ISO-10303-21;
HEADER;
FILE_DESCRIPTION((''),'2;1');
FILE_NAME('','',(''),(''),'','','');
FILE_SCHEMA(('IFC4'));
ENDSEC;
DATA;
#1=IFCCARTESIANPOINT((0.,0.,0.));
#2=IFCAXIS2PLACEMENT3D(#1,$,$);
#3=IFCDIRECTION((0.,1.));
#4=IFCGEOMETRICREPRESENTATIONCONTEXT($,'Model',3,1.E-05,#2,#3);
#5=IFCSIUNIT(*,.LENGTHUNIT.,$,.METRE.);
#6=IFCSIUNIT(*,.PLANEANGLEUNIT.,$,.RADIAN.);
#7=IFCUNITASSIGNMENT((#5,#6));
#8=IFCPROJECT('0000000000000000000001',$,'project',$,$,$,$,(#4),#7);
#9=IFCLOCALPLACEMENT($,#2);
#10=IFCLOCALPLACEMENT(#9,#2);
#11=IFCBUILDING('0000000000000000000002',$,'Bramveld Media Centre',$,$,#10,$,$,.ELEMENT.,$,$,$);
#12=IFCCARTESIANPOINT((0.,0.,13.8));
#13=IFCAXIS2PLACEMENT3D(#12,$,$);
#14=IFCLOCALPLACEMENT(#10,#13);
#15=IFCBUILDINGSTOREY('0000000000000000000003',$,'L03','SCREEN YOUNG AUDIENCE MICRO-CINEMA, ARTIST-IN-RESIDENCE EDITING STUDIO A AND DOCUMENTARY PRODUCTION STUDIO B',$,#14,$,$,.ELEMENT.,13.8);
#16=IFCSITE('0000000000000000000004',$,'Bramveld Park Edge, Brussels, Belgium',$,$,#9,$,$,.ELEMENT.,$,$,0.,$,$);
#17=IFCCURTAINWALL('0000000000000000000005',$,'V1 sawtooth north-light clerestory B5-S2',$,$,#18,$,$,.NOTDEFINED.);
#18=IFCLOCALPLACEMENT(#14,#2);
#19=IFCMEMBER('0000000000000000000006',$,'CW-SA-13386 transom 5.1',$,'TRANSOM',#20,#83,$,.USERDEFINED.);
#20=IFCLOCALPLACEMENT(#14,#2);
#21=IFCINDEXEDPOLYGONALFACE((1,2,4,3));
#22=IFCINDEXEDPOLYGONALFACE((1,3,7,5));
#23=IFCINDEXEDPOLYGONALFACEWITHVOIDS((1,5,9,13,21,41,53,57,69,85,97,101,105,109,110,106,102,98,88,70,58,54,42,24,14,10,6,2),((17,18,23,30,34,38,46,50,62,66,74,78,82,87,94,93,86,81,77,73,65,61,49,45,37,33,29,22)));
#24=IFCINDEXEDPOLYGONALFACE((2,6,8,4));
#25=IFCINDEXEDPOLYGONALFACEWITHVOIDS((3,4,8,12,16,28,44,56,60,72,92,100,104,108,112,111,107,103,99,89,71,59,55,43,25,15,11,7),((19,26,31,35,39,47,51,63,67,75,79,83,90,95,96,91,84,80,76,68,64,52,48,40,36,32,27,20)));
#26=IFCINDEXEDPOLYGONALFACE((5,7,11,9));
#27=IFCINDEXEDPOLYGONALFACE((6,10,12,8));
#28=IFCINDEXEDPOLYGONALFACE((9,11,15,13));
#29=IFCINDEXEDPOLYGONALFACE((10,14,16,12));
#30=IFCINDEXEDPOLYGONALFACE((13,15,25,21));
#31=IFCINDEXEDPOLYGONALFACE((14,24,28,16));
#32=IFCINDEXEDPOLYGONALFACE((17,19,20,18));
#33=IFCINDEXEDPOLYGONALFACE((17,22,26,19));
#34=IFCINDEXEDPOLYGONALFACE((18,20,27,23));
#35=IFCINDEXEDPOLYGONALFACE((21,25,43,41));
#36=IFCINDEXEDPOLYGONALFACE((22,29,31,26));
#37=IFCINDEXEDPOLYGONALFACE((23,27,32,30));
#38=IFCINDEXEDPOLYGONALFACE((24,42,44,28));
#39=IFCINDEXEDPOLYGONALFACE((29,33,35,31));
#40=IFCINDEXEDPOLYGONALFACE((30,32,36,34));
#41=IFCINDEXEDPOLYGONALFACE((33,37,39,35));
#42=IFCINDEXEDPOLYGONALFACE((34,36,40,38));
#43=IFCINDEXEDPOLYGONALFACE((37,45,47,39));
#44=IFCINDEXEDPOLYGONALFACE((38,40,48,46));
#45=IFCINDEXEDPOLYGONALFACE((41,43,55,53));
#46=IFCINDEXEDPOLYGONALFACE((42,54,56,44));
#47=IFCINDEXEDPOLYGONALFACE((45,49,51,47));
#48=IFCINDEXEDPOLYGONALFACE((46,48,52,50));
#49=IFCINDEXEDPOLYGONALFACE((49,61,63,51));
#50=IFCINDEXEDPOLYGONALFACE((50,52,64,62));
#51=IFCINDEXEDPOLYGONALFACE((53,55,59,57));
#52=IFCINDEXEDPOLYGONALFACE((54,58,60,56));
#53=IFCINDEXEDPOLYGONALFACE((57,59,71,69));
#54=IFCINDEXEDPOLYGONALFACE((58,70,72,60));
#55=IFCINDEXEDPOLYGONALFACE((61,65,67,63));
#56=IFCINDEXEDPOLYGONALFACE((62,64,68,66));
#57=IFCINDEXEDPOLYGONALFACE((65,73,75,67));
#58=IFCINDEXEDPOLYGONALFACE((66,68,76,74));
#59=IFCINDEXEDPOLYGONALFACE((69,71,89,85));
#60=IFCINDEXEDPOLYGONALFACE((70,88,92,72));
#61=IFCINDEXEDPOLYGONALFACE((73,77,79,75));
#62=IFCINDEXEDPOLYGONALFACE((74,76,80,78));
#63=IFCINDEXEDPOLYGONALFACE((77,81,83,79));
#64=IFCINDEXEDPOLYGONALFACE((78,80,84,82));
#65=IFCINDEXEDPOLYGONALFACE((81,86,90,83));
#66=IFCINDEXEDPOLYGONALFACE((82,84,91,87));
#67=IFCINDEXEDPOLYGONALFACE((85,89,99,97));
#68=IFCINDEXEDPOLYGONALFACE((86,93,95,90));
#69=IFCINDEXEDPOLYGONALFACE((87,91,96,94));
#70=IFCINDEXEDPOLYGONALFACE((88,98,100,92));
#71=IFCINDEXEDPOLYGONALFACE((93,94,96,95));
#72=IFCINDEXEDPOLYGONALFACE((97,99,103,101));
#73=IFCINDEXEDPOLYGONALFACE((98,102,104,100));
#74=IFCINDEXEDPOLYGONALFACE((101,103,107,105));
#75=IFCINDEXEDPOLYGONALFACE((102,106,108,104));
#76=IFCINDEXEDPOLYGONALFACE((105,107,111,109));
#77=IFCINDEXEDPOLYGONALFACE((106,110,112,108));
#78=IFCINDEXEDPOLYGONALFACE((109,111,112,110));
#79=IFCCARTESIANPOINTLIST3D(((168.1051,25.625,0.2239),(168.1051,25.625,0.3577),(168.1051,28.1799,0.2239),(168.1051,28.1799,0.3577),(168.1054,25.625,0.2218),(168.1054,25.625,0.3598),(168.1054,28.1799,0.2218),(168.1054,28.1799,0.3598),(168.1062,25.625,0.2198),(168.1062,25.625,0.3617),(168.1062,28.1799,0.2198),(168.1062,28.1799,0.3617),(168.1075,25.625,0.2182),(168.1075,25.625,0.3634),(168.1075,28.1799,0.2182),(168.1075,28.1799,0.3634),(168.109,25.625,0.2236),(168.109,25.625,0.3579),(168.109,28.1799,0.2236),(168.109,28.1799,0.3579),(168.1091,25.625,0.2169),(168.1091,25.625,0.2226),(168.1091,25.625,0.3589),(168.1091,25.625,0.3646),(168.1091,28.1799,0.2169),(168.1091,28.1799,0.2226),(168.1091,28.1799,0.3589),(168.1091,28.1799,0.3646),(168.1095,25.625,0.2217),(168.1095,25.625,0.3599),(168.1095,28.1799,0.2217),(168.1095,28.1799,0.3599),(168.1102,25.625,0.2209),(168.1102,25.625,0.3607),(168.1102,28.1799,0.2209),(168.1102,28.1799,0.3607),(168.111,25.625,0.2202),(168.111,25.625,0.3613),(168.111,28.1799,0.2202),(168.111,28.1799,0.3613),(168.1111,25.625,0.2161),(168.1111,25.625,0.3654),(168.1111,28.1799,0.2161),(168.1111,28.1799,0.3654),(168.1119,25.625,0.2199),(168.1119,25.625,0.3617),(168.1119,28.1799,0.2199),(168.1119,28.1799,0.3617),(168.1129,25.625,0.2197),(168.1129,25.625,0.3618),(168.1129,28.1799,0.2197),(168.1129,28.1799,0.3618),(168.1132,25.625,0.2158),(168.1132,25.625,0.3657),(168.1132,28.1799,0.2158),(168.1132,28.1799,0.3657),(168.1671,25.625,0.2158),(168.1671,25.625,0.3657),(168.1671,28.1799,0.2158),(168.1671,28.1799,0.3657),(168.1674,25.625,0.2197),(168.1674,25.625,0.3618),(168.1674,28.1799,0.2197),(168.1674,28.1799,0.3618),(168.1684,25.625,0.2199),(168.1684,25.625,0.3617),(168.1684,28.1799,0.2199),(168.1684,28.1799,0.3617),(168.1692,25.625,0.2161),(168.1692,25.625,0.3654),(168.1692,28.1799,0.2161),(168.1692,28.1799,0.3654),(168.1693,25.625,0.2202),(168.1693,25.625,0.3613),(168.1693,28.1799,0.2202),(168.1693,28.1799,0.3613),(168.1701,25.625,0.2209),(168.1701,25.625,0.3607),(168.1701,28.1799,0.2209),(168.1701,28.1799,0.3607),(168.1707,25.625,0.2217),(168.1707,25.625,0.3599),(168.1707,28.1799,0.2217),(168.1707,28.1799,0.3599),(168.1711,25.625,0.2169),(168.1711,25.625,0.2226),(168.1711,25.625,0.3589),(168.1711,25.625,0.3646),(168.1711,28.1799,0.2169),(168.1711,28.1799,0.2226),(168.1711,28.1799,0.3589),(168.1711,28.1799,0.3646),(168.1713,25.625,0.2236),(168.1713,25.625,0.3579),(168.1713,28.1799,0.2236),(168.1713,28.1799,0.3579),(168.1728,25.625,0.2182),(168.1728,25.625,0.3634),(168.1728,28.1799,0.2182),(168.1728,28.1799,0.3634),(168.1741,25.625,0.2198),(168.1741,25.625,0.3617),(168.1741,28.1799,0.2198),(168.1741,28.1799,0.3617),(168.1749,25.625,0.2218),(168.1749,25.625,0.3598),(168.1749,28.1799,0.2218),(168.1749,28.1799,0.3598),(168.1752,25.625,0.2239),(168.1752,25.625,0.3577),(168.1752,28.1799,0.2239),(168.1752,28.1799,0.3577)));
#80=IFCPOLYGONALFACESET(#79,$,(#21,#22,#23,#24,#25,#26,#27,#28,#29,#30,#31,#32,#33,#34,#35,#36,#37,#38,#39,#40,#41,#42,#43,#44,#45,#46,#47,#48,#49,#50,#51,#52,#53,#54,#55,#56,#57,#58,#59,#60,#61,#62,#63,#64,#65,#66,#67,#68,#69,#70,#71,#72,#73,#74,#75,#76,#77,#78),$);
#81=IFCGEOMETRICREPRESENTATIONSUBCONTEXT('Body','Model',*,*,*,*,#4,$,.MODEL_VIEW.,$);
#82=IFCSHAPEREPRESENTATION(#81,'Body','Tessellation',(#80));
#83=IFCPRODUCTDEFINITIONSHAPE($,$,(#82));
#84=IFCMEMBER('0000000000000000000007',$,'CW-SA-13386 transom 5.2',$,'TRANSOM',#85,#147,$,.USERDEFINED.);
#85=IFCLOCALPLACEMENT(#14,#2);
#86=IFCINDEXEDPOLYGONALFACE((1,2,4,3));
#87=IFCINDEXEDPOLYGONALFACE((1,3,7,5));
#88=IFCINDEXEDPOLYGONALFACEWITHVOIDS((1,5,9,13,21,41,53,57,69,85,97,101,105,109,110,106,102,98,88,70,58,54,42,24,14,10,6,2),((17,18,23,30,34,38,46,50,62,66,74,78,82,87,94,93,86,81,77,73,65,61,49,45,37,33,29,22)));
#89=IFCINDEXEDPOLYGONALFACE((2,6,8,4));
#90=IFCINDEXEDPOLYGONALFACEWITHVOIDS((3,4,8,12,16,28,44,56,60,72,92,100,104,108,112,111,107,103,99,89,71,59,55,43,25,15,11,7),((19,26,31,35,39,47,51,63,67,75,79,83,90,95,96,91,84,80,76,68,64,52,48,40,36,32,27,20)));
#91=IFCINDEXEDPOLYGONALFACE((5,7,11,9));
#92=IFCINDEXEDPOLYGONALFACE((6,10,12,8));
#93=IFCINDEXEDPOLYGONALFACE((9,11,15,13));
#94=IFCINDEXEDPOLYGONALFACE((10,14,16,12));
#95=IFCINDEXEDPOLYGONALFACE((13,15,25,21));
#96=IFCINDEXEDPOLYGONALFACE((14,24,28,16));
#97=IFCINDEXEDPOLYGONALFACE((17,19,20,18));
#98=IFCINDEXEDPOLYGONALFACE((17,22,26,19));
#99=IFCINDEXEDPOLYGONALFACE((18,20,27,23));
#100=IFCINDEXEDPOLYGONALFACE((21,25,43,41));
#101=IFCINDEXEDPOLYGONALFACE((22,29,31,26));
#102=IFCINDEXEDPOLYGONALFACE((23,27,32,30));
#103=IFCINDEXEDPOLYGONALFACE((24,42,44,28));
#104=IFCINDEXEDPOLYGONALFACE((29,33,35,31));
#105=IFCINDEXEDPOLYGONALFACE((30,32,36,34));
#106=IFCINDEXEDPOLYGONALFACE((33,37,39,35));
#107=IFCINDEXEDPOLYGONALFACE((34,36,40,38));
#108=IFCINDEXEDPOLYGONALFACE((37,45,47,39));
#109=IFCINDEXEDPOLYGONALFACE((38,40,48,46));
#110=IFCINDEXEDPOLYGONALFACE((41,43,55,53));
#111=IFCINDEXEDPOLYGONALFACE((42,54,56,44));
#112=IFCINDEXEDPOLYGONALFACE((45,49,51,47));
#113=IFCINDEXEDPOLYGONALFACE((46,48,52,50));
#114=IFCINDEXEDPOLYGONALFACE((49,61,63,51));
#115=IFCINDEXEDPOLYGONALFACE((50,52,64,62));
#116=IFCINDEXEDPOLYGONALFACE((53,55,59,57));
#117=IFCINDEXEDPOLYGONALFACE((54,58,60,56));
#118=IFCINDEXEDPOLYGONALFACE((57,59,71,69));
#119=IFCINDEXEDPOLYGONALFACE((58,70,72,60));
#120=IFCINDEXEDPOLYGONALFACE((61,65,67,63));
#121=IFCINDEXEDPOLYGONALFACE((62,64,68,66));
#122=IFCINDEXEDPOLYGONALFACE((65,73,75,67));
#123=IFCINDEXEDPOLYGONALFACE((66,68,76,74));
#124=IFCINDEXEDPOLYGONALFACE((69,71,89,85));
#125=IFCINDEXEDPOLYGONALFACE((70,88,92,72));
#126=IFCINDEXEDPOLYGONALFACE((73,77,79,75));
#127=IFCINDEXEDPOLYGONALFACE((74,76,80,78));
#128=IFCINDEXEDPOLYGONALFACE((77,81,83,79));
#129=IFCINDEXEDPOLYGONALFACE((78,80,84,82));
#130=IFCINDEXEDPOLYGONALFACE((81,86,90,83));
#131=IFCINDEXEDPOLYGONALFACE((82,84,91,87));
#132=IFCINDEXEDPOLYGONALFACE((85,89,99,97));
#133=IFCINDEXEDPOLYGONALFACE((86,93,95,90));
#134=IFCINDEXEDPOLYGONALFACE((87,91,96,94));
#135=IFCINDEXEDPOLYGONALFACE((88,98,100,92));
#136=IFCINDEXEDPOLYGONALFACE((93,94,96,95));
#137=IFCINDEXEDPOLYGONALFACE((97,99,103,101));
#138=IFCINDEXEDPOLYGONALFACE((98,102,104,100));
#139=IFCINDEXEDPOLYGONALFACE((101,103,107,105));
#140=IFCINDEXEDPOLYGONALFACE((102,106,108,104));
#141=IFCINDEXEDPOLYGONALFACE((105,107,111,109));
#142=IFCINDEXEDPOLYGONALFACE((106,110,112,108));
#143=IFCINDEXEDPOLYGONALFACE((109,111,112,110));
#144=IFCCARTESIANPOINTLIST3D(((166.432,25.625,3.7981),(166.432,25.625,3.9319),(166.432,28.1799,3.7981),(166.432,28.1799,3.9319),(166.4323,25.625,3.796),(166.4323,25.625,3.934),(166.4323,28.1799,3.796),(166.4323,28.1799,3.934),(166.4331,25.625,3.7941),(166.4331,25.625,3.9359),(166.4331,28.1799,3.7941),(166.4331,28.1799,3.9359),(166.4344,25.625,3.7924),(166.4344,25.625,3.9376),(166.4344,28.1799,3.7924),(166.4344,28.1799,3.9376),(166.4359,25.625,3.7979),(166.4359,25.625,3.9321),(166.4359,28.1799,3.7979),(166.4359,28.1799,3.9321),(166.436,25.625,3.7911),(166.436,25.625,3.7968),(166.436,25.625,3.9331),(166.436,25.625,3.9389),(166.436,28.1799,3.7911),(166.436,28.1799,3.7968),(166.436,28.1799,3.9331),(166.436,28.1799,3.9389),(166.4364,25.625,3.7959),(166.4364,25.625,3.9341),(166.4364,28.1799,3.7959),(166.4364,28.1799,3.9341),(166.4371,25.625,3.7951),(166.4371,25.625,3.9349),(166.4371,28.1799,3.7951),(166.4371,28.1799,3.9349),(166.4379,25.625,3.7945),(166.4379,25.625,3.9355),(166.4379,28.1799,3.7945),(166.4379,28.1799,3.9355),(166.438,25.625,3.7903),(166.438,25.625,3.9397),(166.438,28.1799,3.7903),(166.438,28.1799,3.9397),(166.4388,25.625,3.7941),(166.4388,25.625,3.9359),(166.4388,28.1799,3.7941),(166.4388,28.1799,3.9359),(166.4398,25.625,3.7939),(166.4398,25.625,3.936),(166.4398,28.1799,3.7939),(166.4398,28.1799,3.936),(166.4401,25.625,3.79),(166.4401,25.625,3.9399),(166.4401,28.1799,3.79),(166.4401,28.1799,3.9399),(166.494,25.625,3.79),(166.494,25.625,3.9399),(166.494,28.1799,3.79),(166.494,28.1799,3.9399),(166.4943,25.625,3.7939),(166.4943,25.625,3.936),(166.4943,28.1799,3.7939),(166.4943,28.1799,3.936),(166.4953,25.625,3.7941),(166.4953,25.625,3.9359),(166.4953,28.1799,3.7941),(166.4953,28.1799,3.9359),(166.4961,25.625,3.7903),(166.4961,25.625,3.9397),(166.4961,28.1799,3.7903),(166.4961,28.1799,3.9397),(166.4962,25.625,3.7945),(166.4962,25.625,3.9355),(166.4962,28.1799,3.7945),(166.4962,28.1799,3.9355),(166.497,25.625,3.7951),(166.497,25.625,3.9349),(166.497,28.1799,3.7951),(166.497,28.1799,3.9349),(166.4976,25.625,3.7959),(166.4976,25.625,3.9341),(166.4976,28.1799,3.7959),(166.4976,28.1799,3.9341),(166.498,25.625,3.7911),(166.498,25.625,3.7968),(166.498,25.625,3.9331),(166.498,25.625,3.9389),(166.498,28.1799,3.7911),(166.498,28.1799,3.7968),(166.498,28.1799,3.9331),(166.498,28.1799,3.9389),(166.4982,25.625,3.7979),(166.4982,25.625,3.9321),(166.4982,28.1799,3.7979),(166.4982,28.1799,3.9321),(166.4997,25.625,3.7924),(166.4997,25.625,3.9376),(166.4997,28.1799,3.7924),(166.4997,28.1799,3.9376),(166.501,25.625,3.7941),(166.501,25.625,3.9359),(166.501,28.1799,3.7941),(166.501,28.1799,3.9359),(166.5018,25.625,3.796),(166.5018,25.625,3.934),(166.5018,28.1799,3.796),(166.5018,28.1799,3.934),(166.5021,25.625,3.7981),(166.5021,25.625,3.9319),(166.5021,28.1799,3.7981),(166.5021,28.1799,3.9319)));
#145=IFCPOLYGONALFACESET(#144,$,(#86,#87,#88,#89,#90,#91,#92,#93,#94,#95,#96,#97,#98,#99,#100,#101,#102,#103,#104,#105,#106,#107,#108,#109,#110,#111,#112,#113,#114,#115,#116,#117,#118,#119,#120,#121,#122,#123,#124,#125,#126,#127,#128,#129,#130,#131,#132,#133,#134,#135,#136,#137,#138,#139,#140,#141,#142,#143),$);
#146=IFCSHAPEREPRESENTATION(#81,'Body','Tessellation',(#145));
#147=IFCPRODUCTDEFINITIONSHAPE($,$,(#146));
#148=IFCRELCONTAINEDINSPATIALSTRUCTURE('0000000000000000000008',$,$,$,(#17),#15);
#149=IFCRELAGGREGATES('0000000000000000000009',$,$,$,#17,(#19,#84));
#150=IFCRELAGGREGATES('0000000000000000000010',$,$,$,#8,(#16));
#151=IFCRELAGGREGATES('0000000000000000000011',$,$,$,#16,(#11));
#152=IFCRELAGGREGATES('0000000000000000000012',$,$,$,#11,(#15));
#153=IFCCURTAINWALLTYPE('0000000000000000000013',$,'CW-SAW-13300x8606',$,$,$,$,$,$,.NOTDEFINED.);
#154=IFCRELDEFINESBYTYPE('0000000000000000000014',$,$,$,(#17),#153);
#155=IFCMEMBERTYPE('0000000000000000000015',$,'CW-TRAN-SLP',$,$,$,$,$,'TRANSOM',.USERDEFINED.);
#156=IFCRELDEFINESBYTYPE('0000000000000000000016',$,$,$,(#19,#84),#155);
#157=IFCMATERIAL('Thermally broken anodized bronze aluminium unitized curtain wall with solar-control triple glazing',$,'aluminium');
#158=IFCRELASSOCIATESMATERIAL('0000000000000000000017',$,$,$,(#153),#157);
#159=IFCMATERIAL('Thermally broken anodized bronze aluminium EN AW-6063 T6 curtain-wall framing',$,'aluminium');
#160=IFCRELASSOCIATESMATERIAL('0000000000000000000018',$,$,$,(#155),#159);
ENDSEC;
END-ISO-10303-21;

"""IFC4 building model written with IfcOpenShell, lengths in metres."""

from ifc_helpers import new_model, si_unit, direction, frame, origin, origin_2d, place, context, subcontext, project, spatial, hollow_rectangle, extrude, material, material_profile, profile_set, type_object, element, aggregate, save


model = new_model("IFC4")

# Units and contexts
model_context = context("Model", 3, precision=1e-05, world=origin(), true_north=direction((0.0, 1.0)))
body_context = subcontext(model_context, "Body", "Model", "MODEL_VIEW")
ifc_project = project(units=[si_unit("LENGTHUNIT", "METRE"), si_unit("PLANEANGLEUNIT", "RADIAN")], contexts=[model_context])

# Site, building, storey
site_placement = place(None, origin())
site = spatial("IfcSite", under=ifc_project, at=site_placement, Name="Bramveld Park Edge, Brussels, Belgium", CompositionType="ELEMENT", RefElevation=0.0)
building_placement = place(site_placement, origin())
building = spatial("IfcBuilding", under=site, at=building_placement, Name="Bramveld Media Centre", CompositionType="ELEMENT")
storey_placement = place(building_placement, frame((0.0, 0.0, 13.8)))
storey = spatial("IfcBuildingStorey", under=building, at=storey_placement, Name="L03", Description="SCREEN YOUNG AUDIENCE MICRO-CINEMA, ARTIST-IN-RESIDENCE EDITING STUDIO A AND DOCUMENTARY PRODUCTION STUDIO B", CompositionType="ELEMENT", Elevation=13.8)

# Curtain wall, members
ifc_material_1 = material(Name="Thermally broken anodized bronze aluminium unitized curtain wall with solar-control triple glazing", Category="aluminium")
curtain_wall_type = type_object("IfcCurtainWallType", Name="CW-SAW-13300x8606", PredefinedType="NOTDEFINED", material=ifc_material_1)
ifc_material_2 = material(Name="Thermally broken anodized bronze aluminium EN AW-6063 T6 curtain-wall framing", Category="aluminium")
ifc_material_profile_1 = material_profile(ifc_material_2, hollow_rectangle(XDim=0.0701, YDim=0.1499, WallThickness=0.0039, InnerFilletRadius=0.0039, OuterFilletRadius=0.0081, at=origin_2d()), Name="AL-TRAN 70x150")
ifc_profile_set_1 = profile_set([ifc_material_profile_1], Name="Thermally broken anodized bronze aluminium EN AW-6063 T6 curtain-wall framing")
member_type_1 = type_object("IfcMemberType", Name="CW-TRAN-SLP", ElementType="TRANSOM", PredefinedType="USERDEFINED", material=ifc_profile_set_1)
curtain_wall_1_placement = place(storey_placement, origin())
curtain_wall_1 = element("IfcCurtainWall", 1, at=curtain_wall_1_placement, inside=storey, type_object=curtain_wall_type, Name="V1 sawtooth north-light clerestory B5-S2", PredefinedType="NOTDEFINED")
member_1_placement = place(storey_placement, frame((168.1401, 25.625, 0.2908), z_axis=(0.0, 1.0, 0.0), x_axis=(-1.0, 0.0, 0.0)))
member_1 = element("IfcMember", 2, at=member_1_placement, type_object=member_type_1, Name="CW-SA-13386 transom 5.1", ObjectType="TRANSOM", PredefinedType="USERDEFINED", context=body_context, shape_type="SweptSolid", body=[
    extrude(hollow_rectangle(XDim=0.0701, YDim=0.1499, WallThickness=0.0039, InnerFilletRadius=0.0039, OuterFilletRadius=0.0081, at=origin_2d()), origin(), (0.0, 0.0, 1.0), 2.5549),
])
member_2_placement = place(storey_placement, frame((166.467, 25.625, 3.865), z_axis=(0.0, 1.0, 0.0), x_axis=(-1.0, 0.0, 0.0)))
member_2 = element("IfcMember", 3, at=member_2_placement, type_object=member_type_1, Name="CW-SA-13386 transom 5.2", ObjectType="TRANSOM", PredefinedType="USERDEFINED", context=body_context, shape_type="SweptSolid", body=[
    extrude(hollow_rectangle(XDim=0.0701, YDim=0.1499, WallThickness=0.0039, InnerFilletRadius=0.0039, OuterFilletRadius=0.0081, at=origin_2d()), origin(), (0.0, 0.0, 1.0), 2.5549),
])

aggregate(curtain_wall_1, [member_1, member_2])

save(model, "model.ifc")
